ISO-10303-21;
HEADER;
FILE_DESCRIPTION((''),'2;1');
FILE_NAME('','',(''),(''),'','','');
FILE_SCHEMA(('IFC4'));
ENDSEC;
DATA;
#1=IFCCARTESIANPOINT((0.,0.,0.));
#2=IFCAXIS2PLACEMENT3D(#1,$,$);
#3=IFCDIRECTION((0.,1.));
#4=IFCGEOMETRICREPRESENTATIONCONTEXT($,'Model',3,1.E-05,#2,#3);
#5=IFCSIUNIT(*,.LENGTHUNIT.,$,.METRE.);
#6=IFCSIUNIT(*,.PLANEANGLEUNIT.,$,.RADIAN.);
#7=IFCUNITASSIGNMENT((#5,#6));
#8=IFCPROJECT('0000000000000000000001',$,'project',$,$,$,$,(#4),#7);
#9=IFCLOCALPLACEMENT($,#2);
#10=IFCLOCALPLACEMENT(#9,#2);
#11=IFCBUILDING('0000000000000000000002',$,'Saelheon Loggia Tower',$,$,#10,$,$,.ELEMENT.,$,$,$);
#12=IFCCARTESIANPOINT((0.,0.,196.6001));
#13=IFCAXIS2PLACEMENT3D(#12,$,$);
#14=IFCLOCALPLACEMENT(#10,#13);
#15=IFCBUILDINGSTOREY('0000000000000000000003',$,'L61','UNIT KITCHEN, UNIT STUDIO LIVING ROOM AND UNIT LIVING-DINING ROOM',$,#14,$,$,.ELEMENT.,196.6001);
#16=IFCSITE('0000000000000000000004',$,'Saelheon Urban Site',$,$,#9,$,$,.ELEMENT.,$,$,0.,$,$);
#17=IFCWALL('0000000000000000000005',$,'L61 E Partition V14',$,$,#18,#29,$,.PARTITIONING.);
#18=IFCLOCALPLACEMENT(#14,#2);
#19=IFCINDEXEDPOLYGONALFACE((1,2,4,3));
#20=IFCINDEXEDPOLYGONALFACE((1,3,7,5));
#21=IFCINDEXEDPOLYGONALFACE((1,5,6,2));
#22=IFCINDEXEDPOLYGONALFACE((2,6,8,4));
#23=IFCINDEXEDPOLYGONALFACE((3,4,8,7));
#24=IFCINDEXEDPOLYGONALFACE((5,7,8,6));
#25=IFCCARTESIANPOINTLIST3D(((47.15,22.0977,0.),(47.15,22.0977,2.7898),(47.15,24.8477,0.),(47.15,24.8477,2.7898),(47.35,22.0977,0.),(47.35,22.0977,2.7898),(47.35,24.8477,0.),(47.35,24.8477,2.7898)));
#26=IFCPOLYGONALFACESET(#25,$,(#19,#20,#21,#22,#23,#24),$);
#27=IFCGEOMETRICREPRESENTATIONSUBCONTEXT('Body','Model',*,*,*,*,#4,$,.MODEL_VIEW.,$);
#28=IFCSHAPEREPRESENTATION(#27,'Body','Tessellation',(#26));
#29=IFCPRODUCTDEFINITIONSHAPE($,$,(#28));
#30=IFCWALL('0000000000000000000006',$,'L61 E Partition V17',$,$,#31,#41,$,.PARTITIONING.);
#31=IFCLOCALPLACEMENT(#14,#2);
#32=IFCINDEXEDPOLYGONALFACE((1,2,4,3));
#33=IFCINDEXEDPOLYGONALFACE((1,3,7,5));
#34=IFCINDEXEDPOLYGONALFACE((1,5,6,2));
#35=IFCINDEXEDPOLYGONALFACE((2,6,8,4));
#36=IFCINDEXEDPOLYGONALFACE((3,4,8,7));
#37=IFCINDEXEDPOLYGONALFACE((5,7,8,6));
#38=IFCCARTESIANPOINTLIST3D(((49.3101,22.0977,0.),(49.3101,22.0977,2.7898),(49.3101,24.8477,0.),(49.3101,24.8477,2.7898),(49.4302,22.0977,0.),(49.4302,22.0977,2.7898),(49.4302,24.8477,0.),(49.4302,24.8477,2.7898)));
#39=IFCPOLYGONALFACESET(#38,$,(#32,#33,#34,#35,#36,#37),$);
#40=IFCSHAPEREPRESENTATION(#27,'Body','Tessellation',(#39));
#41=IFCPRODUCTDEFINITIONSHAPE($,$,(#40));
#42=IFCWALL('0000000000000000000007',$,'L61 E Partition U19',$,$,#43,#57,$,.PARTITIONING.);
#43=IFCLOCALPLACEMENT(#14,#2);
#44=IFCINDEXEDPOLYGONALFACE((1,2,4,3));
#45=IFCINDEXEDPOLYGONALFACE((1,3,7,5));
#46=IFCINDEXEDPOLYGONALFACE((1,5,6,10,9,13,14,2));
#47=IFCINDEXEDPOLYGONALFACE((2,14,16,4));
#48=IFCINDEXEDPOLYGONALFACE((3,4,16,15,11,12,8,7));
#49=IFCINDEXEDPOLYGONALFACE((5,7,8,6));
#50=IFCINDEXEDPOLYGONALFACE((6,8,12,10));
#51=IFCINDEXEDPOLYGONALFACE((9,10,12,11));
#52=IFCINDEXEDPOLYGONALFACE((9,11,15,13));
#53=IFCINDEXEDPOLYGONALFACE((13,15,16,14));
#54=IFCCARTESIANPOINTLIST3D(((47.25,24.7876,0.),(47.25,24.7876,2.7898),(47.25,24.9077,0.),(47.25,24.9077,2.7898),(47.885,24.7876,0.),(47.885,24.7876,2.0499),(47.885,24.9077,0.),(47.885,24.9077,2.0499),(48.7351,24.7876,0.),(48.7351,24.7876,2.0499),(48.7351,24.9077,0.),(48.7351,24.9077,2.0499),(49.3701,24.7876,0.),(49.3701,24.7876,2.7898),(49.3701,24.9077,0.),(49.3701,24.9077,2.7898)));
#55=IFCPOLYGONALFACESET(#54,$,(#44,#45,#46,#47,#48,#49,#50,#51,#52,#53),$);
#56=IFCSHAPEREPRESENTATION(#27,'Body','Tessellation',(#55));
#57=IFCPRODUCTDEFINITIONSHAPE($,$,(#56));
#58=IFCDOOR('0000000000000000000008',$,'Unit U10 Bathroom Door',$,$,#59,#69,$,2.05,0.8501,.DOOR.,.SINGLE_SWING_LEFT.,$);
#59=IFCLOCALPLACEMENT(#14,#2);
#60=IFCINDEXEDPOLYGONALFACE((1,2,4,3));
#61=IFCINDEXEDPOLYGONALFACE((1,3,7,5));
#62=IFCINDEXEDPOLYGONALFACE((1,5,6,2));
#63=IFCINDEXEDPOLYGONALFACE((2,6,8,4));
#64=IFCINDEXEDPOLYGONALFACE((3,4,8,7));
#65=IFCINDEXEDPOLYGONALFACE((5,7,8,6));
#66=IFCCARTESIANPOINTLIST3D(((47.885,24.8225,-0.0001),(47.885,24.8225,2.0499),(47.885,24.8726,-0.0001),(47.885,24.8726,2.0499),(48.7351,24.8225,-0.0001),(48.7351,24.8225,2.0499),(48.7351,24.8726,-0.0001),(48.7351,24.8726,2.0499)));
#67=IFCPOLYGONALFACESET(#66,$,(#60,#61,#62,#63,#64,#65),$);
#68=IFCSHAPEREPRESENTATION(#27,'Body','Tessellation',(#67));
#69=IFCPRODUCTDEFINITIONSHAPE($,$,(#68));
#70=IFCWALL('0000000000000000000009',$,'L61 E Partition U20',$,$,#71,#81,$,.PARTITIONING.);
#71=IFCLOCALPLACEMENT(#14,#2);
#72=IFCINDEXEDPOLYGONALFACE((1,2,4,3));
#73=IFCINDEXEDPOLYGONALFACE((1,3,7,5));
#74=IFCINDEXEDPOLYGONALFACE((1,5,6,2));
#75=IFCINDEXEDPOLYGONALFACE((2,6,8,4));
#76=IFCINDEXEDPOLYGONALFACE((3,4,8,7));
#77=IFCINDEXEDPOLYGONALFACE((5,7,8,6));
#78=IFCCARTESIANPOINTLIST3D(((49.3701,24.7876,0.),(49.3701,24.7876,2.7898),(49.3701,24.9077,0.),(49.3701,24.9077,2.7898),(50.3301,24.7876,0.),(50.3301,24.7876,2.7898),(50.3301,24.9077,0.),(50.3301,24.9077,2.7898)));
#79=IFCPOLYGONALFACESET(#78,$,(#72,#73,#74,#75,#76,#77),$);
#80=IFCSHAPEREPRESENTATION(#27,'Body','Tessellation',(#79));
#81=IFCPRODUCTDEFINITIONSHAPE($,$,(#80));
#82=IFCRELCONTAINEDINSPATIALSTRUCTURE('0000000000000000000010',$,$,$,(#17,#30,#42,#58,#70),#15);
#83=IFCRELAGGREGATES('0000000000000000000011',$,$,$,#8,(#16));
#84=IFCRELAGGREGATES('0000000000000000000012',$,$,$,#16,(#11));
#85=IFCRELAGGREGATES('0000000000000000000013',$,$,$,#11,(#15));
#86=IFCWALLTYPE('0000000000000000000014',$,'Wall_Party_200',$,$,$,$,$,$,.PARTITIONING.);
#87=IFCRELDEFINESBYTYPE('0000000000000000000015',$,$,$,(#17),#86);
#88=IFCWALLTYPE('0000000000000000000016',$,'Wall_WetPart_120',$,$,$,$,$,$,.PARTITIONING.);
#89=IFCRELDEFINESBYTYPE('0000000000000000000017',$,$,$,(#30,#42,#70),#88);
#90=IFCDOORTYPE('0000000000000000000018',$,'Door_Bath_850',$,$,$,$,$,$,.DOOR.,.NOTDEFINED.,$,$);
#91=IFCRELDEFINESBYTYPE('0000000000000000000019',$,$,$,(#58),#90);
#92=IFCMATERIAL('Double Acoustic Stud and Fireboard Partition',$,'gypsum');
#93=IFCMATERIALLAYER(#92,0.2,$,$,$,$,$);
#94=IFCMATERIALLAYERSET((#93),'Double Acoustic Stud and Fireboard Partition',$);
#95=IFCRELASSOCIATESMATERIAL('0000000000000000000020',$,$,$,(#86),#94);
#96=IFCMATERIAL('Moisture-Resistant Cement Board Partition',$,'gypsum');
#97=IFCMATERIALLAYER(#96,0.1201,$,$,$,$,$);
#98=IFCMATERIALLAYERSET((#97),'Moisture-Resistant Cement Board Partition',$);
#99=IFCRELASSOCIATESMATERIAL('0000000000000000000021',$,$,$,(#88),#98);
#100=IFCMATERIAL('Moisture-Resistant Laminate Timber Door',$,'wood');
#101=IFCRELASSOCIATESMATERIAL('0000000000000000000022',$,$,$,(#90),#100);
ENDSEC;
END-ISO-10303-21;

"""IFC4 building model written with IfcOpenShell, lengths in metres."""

from ifc_helpers import new_model, si_unit, direction, frame, frame_2d, origin, place, context, subcontext, project, spatial, rectangle, extrude, source, transform, mapped, material, layer, layer_set, type_object, element, fill, save


model = new_model("IFC4")

# Units and contexts
model_context = context("Model", 3, precision=1e-05, world=origin(), true_north=direction((0.0, 1.0)))
body_context = subcontext(model_context, "Body", "Model", "MODEL_VIEW")
ifc_project = project(units=[si_unit("LENGTHUNIT", "METRE"), si_unit("PLANEANGLEUNIT", "RADIAN")], contexts=[model_context])

# Site, building, storey
site_placement = place(None, origin())
site = spatial("IfcSite", under=ifc_project, at=site_placement, Name="Saelheon Urban Site", CompositionType="ELEMENT", RefElevation=0.0)
building_placement = place(site_placement, origin())
building = spatial("IfcBuilding", under=site, at=building_placement, Name="Saelheon Loggia Tower", CompositionType="ELEMENT")
storey_placement = place(building_placement, frame((0.0, 0.0, 196.6001)))
storey = spatial("IfcBuildingStorey", under=building, at=storey_placement, Name="L61", Description="UNIT KITCHEN, UNIT STUDIO LIVING ROOM AND UNIT LIVING-DINING ROOM", CompositionType="ELEMENT", Elevation=196.6001)

# Wall
ifc_material_1 = material(Name="Double Acoustic Stud and Fireboard Partition", Category="gypsum")
ifc_layer_1 = layer(ifc_material_1, 0.2)
ifc_layer_set_1 = layer_set([ifc_layer_1], Name="Double Acoustic Stud and Fireboard Partition")
wall_type_1 = type_object("IfcWallType", Name="Wall_Party_200", PredefinedType="PARTITIONING", material=ifc_layer_set_1)
wall_1_placement = place(storey_placement, frame((47.25, 22.0977, 0.0), z_axis=(0.0, 0.0, 1.0), x_axis=(0.0, 1.0, 0.0)))
element("IfcWall", 1, at=wall_1_placement, inside=storey, type_object=wall_type_1, Name="L61 E Partition V14", PredefinedType="PARTITIONING", context=body_context, shape_type="SweptSolid", body=[
    extrude(rectangle(XDim=2.75, YDim=0.2, at=frame_2d((1.375, 0.0))), origin(), (0.0, 0.0, 1.0), 2.7898),
])

# Wall
ifc_material_2 = material(Name="Moisture-Resistant Cement Board Partition", Category="gypsum")
ifc_layer_2 = layer(ifc_material_2, 0.1201)
ifc_layer_set_2 = layer_set([ifc_layer_2], Name="Moisture-Resistant Cement Board Partition")
wall_type_2 = type_object("IfcWallType", Name="Wall_WetPart_120", PredefinedType="PARTITIONING", material=ifc_layer_set_2)
wall_2_placement = place(storey_placement, frame((49.3701, 22.0977, 0.0), z_axis=(0.0, 0.0, 1.0), x_axis=(0.0, 1.0, 0.0)))
element("IfcWall", 2, at=wall_2_placement, inside=storey, type_object=wall_type_2, Name="L61 E Partition V17", PredefinedType="PARTITIONING", context=body_context, shape_type="SweptSolid", body=[
    extrude(rectangle(XDim=2.75, YDim=0.1201, at=frame_2d((1.375, 0.0))), origin(), (0.0, 0.0, 1.0), 2.7898),
])

# Wall, opening, door
wall_3_placement = place(storey_placement, frame((47.25, 24.8477, 0.0), z_axis=(0.0, 0.0, 1.0), x_axis=(1.0, 0.0, 0.0)))
wall_3 = element("IfcWall", 3, at=wall_3_placement, inside=storey, type_object=wall_type_2, Name="L61 E Partition U19", PredefinedType="PARTITIONING", context=body_context, shape_type="SweptSolid", body=[
    extrude(rectangle(XDim=2.1201, YDim=0.1201, at=frame_2d((1.0601, 0.0))), origin(), (0.0, 0.0, 1.0), 2.7898),
])
opening_1_placement = place(wall_3_placement, frame((0.635, 0.0, 0.0)))
opening_1 = element("IfcOpeningElement", 4, at=opening_1_placement, cuts=wall_3, PredefinedType="OPENING", context=body_context, shape_type="SweptSolid", body=[
    extrude(rectangle(XDim=0.8501, YDim=2.05, at=frame_2d((0.425, 1.0249))), frame((0.0, 0.072, 0.0), z_axis=(0.0, -1.0, 0.0), x_axis=(1.0, 0.0, 0.0)), (0.0, 0.0, 1.0), 0.144),
])
ifc_material_3 = material(Name="Moisture-Resistant Laminate Timber Door", Category="wood")
door_type_1 = type_object("IfcDoorType", Name="Door_Bath_850", OperationType="NOTDEFINED", PredefinedType="DOOR", material=ifc_material_3)
shared_shape_1 = source(origin(), body_context, "Body", "SweptSolid", [
    extrude(rectangle(XDim=0.8501, YDim=2.05, at=frame_2d((0.425, 1.0249))), frame((0.0, 0.0249, 0.0), z_axis=(0.0, -1.0, 0.0), x_axis=(1.0, 0.0, 0.0)), (0.0, 0.0, 1.0), 0.05),
])
door_1_placement = place(opening_1_placement, origin())
door_1 = element("IfcDoor", 5, at=door_1_placement, inside=storey, type_object=door_type_1, Name="Unit U10 Bathroom Door", OperationType="SINGLE_SWING_LEFT", OverallHeight=2.05, OverallWidth=0.8501, PredefinedType="DOOR", context=body_context, shape_type="MappedRepresentation", body=[
    mapped(shared_shape_1, transform((0.0, 0.0, 0.0), scale=1.0)),
])
fill(opening_1, door_1)

# Wall
wall_4_placement = place(storey_placement, frame((49.3701, 24.8477, 0.0), z_axis=(0.0, 0.0, 1.0), x_axis=(1.0, 0.0, 0.0)))
element("IfcWall", 6, at=wall_4_placement, inside=storey, type_object=wall_type_2, Name="L61 E Partition U20", PredefinedType="PARTITIONING", context=body_context, shape_type="SweptSolid", body=[
    extrude(rectangle(XDim=0.96, YDim=0.1201, at=frame_2d((0.48, 0.0))), origin(), (0.0, 0.0, 1.0), 2.7898),
])

save(model, "model.ifc")
